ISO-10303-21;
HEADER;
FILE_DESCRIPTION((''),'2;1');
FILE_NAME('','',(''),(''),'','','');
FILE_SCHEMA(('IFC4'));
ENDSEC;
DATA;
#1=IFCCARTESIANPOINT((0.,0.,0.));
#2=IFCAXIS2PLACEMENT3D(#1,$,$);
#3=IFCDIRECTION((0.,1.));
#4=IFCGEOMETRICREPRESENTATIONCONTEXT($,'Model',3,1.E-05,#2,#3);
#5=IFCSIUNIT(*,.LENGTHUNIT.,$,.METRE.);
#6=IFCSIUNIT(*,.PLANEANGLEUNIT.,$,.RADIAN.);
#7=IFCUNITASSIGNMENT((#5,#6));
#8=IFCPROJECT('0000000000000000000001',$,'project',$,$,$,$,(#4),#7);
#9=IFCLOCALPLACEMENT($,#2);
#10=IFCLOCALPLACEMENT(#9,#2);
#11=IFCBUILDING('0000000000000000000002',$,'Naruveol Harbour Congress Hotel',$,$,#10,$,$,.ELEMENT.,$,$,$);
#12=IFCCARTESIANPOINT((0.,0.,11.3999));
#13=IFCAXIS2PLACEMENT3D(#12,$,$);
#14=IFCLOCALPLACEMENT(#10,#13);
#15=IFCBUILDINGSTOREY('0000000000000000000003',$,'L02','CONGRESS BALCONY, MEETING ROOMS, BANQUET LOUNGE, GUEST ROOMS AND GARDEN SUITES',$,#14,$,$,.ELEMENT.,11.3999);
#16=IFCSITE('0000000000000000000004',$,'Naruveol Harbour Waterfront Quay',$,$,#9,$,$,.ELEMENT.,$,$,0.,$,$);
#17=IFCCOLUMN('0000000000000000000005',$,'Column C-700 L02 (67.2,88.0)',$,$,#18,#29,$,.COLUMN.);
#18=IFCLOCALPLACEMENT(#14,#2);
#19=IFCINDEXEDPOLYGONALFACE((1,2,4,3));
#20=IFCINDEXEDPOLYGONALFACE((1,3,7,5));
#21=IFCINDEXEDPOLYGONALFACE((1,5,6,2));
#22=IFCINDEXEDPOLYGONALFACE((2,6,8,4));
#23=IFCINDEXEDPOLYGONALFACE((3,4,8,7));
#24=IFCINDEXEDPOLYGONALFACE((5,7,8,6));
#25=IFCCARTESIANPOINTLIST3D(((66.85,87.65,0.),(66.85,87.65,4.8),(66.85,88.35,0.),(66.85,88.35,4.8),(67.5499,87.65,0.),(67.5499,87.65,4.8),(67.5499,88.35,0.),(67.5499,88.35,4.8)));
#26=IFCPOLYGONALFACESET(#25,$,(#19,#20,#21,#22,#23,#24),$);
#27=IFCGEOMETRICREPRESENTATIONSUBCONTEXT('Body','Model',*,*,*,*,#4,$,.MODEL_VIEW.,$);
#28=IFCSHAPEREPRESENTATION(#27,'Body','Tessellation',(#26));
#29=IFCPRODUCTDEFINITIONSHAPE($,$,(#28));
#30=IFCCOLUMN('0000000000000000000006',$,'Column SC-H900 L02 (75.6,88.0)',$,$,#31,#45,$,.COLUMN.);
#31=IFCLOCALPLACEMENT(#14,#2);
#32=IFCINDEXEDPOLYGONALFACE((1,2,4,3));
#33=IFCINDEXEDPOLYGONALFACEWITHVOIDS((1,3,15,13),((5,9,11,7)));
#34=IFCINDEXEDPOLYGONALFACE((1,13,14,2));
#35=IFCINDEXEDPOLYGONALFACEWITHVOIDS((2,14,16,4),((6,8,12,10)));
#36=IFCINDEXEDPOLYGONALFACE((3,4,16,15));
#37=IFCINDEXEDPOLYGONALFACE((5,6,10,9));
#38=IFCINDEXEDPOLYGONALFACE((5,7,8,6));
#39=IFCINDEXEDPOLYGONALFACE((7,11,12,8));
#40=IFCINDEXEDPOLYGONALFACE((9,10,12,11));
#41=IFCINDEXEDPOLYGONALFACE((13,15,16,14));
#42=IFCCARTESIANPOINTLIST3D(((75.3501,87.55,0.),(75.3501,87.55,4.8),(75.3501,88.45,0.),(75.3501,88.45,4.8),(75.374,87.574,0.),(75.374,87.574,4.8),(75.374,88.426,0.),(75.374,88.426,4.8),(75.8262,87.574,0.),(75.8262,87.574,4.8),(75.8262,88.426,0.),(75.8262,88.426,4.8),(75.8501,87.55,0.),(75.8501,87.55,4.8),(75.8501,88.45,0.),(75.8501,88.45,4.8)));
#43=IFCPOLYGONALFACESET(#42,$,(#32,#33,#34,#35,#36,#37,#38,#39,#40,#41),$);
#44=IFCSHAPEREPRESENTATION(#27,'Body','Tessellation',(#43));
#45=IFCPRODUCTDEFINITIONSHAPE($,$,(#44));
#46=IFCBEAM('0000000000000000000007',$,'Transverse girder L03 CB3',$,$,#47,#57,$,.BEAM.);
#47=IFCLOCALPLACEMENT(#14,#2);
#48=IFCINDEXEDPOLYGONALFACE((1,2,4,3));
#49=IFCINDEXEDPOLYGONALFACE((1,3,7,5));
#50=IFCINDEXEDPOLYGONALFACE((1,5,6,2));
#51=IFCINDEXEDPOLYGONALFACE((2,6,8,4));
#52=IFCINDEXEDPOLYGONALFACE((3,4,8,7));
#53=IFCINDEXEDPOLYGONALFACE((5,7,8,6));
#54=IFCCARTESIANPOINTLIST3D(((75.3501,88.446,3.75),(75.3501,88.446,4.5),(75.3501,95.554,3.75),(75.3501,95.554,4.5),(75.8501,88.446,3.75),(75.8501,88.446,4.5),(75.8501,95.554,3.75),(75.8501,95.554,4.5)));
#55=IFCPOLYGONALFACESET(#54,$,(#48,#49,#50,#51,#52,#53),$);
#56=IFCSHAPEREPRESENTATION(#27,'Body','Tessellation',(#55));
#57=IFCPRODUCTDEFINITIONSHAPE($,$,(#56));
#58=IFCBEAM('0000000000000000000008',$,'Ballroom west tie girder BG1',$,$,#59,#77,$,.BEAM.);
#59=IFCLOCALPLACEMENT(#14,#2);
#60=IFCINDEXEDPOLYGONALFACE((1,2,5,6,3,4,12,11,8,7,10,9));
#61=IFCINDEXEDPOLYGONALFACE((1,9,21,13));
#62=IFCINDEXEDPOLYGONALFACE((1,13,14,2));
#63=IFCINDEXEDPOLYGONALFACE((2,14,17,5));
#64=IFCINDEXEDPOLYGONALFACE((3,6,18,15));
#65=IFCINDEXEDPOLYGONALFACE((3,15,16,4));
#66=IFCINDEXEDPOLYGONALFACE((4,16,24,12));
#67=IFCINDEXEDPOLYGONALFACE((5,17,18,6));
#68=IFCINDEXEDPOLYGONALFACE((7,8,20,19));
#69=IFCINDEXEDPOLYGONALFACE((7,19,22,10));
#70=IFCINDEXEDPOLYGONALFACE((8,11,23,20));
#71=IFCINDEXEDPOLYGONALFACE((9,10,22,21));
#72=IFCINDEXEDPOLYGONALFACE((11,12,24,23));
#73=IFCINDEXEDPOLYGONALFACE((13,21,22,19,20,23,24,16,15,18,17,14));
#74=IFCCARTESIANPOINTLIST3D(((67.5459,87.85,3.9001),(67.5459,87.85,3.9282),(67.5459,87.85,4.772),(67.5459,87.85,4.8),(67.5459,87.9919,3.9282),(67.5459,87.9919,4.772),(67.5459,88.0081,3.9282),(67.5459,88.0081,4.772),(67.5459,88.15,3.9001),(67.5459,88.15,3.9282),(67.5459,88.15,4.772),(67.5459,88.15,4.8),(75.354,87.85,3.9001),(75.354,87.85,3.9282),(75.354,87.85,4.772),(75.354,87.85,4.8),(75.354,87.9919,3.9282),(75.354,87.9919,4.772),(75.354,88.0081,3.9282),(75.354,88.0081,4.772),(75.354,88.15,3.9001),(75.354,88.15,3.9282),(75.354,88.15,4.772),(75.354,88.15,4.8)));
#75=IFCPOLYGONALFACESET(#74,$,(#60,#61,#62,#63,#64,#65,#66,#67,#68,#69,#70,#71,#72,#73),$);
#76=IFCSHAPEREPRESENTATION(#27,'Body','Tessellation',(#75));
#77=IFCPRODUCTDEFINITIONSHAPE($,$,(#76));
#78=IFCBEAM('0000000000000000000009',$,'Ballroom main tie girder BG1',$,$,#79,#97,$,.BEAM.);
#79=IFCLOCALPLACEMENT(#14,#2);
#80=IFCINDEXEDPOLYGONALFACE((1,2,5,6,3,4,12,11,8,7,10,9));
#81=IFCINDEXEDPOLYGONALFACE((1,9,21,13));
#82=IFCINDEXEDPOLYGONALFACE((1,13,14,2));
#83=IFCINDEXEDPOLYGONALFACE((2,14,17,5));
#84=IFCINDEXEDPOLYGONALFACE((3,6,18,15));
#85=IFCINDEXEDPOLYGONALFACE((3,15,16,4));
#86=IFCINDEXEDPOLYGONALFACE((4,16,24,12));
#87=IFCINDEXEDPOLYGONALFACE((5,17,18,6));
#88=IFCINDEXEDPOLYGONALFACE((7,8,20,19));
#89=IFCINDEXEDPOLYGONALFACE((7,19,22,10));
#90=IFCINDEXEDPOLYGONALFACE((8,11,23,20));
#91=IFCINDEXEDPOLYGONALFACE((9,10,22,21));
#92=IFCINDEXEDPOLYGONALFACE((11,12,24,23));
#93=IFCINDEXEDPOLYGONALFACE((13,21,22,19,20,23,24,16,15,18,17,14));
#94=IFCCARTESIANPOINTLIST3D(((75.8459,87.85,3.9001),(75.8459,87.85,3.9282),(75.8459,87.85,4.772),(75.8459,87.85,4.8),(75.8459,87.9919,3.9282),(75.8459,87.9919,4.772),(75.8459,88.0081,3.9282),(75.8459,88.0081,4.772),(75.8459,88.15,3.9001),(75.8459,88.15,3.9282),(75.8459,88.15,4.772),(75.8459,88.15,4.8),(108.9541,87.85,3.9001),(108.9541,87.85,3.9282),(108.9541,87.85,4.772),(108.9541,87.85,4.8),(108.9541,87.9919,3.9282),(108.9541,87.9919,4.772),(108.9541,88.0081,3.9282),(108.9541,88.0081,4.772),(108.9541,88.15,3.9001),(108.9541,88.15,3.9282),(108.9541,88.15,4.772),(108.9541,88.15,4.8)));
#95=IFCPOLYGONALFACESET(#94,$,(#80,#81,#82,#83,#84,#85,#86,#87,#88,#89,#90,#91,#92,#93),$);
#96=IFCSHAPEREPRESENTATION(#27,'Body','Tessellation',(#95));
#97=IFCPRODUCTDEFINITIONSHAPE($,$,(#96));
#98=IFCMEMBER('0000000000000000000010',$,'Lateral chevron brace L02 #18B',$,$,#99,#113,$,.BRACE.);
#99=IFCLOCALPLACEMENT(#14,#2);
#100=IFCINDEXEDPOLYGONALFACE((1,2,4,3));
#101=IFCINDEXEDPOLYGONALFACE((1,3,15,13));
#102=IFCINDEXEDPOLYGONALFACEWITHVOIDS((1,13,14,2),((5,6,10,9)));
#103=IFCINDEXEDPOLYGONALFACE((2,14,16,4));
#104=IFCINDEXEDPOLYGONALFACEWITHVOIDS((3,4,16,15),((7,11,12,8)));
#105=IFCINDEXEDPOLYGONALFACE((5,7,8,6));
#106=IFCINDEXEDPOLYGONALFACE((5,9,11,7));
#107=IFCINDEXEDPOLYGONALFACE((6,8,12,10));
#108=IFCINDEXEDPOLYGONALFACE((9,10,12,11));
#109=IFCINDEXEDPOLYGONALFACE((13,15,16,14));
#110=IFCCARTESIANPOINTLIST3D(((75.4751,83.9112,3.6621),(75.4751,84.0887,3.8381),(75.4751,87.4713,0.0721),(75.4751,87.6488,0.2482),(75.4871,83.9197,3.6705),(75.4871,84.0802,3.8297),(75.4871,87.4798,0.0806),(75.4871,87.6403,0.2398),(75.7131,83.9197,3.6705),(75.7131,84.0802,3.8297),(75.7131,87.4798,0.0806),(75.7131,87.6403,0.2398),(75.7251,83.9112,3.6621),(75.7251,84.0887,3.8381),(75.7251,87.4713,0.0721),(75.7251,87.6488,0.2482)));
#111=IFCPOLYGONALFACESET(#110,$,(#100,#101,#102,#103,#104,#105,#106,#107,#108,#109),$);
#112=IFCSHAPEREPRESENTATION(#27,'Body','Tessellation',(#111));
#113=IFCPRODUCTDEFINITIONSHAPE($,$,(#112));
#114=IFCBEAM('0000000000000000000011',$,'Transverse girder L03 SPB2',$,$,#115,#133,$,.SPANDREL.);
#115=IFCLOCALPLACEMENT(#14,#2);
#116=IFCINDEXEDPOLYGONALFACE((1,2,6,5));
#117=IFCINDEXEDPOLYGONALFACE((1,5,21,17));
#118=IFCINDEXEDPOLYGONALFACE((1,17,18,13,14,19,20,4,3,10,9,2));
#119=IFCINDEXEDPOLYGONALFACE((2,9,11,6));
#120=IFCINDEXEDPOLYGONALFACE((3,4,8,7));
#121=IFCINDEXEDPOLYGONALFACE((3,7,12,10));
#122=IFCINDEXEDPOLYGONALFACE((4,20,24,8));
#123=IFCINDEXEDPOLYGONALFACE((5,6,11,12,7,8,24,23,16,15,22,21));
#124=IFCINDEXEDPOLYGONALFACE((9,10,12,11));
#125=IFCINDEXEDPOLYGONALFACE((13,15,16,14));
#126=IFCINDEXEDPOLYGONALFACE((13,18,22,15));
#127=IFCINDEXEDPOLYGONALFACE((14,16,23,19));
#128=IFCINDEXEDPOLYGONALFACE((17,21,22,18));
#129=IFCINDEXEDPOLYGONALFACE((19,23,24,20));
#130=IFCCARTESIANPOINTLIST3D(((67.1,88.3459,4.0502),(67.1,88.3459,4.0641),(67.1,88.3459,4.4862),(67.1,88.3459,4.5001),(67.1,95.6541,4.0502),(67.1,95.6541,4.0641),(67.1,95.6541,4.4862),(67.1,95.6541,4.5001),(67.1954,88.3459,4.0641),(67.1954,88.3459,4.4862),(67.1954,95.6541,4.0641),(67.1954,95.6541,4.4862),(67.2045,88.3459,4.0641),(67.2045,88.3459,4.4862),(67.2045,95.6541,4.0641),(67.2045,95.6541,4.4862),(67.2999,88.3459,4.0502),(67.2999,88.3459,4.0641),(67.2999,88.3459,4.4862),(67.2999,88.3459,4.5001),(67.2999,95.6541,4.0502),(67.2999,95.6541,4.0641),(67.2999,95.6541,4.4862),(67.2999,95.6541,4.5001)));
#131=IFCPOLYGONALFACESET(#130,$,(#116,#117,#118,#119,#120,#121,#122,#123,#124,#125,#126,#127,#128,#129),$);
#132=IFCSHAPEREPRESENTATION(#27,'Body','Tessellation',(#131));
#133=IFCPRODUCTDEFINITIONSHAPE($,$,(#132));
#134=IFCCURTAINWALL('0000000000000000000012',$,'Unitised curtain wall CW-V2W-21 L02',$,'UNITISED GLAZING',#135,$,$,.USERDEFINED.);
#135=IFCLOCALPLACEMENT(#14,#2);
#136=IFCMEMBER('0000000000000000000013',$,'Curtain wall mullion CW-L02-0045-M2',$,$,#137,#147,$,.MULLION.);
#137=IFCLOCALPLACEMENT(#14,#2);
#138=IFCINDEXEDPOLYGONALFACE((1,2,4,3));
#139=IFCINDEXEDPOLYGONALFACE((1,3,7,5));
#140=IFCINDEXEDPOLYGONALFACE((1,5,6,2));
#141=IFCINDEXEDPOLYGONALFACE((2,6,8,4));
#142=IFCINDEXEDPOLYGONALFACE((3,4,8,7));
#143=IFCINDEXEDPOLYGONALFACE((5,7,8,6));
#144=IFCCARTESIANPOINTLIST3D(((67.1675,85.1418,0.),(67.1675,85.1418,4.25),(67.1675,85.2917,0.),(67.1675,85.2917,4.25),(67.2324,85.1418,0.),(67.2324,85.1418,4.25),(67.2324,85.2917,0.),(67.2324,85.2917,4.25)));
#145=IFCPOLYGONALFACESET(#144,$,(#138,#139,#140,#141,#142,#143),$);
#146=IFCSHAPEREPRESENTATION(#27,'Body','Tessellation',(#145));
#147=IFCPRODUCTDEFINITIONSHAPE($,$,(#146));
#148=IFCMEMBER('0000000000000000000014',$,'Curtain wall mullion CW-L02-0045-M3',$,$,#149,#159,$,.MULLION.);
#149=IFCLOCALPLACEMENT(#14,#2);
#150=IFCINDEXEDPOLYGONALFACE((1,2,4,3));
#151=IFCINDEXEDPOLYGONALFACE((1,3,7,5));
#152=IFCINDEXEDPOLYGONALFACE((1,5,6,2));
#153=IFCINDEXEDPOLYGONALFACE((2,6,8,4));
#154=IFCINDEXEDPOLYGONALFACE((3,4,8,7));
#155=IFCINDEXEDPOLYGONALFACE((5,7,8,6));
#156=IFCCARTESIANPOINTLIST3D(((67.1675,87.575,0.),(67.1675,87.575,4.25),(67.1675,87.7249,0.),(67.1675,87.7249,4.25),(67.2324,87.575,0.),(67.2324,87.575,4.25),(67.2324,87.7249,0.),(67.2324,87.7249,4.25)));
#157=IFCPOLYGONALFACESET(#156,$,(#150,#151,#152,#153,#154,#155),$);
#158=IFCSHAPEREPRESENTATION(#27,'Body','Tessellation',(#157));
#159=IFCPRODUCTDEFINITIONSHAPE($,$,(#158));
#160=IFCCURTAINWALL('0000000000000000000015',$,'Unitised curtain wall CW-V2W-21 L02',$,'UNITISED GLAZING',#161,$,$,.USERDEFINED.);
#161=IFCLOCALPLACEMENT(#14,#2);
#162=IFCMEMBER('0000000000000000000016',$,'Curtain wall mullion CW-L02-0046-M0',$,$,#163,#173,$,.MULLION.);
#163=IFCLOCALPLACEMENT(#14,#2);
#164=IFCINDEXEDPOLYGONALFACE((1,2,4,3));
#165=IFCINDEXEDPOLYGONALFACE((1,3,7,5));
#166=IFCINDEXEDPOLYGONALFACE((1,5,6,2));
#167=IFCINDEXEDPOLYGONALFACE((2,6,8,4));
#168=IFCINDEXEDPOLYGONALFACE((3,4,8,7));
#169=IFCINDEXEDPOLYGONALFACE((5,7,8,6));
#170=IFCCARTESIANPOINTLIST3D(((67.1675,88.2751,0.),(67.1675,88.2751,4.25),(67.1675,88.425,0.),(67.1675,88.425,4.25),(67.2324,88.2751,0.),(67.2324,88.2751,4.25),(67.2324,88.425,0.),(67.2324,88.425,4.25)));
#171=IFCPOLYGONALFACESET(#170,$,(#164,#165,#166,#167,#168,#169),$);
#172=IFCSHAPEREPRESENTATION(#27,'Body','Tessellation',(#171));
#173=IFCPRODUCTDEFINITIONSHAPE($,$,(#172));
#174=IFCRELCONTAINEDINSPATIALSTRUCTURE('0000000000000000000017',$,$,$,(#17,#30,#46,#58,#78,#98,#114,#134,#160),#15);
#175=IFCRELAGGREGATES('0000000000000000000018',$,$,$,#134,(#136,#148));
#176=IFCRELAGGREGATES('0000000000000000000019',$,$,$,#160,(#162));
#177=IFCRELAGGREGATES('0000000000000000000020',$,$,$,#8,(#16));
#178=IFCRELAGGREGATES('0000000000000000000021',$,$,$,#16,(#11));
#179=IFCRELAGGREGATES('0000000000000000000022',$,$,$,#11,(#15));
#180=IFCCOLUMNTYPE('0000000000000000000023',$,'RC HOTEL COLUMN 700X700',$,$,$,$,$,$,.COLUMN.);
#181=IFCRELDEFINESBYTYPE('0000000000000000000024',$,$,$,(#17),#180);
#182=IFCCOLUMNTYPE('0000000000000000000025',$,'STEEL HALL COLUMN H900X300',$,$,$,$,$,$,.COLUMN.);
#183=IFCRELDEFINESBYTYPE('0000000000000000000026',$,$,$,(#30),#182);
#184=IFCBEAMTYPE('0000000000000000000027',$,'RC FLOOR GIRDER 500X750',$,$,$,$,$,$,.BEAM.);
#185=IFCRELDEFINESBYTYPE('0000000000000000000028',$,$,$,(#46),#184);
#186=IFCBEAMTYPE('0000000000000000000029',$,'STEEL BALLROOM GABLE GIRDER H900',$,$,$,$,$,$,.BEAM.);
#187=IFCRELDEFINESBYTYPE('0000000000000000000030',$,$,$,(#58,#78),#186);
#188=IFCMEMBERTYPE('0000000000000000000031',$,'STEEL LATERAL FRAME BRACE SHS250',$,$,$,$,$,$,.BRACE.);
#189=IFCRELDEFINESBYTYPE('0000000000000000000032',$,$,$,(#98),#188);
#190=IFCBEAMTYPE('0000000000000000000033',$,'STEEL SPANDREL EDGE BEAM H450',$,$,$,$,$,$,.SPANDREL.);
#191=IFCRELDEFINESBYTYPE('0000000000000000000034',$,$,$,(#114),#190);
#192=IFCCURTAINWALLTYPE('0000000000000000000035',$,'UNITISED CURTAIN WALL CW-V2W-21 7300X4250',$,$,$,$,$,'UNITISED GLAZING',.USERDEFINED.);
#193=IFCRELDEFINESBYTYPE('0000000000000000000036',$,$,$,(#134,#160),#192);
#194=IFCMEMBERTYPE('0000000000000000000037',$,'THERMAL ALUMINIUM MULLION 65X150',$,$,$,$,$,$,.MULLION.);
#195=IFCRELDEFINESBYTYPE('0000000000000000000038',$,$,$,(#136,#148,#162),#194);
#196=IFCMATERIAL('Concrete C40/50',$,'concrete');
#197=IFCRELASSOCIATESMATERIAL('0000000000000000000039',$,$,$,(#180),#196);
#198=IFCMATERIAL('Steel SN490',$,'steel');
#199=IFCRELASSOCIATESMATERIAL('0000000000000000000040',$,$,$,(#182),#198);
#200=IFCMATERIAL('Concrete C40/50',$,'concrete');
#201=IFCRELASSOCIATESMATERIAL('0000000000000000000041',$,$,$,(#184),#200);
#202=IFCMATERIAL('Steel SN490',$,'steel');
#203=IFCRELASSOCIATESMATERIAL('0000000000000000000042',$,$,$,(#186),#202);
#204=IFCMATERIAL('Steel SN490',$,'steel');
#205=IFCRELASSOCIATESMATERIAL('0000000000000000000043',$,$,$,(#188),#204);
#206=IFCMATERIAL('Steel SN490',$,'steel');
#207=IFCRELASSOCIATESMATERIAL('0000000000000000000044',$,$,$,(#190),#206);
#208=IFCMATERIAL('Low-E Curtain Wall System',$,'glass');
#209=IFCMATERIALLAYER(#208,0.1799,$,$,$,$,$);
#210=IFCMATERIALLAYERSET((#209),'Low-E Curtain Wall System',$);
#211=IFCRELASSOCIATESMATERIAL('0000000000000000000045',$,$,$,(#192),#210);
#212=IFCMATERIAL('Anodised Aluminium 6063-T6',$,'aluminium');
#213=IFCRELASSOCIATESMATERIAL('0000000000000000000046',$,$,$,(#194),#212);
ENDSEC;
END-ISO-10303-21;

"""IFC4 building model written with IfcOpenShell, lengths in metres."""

from ifc_helpers import new_model, si_unit, direction, frame, origin, origin_2d, place, context, subcontext, project, spatial, rectangle, hollow_rectangle, i_section, extrude, material, layer, layer_set, material_profile, profile_set, type_object, element, aggregate, save


model = new_model("IFC4")

# Units and contexts
model_context = context("Model", 3, precision=1e-05, world=origin(), true_north=direction((0.0, 1.0)))
body_context = subcontext(model_context, "Body", "Model", "MODEL_VIEW")
ifc_project = project(units=[si_unit("LENGTHUNIT", "METRE"), si_unit("PLANEANGLEUNIT", "RADIAN")], contexts=[model_context])

# Site, building, storey
site_placement = place(None, origin())
site = spatial("IfcSite", under=ifc_project, at=site_placement, Name="Naruveol Harbour Waterfront Quay", CompositionType="ELEMENT", RefElevation=0.0)
building_placement = place(site_placement, origin())
building = spatial("IfcBuilding", under=site, at=building_placement, Name="Naruveol Harbour Congress Hotel", CompositionType="ELEMENT")
storey_placement = place(building_placement, frame((0.0, 0.0, 11.3999)))
storey = spatial("IfcBuildingStorey", under=building, at=storey_placement, Name="L02", Description="CONGRESS BALCONY, MEETING ROOMS, BANQUET LOUNGE, GUEST ROOMS AND GARDEN SUITES", CompositionType="ELEMENT", Elevation=11.3999)

# Columns
ifc_material_1 = material(Name="Concrete C40/50", Category="concrete")
ifc_material_profile_1 = material_profile(ifc_material_1, rectangle(XDim=0.7, YDim=0.7, at=origin_2d()), Name="RC-700x700")
ifc_profile_set_1 = profile_set([ifc_material_profile_1], Name="Concrete C40/50")
column_type_1 = type_object("IfcColumnType", Name="RC HOTEL COLUMN 700X700", PredefinedType="COLUMN", material=ifc_profile_set_1)
column_1_placement = place(storey_placement, frame((67.2, 88.0, 0.0), z_axis=(0.0, 0.0, 1.0), x_axis=(1.0, 0.0, 0.0)))
element("IfcColumn", 1, at=column_1_placement, inside=storey, type_object=column_type_1, Name="Column C-700 L02 (67.2,88.0)", PredefinedType="COLUMN", context=body_context, shape_type="SweptSolid", body=[
    extrude(rectangle(XDim=0.7, YDim=0.7, at=origin_2d()), origin(), (0.0, 0.0, 1.0), 4.8),
])
ifc_material_2 = material(Name="Steel SN490", Category="steel")
ifc_material_profile_2 = material_profile(ifc_material_2, hollow_rectangle(XDim=0.5, YDim=0.8999, WallThickness=0.0239, at=origin_2d()), Name="RHS-900x500x24")
ifc_profile_set_2 = profile_set([ifc_material_profile_2], Name="Steel SN490")
column_type_2 = type_object("IfcColumnType", Name="STEEL HALL COLUMN H900X300", PredefinedType="COLUMN", material=ifc_profile_set_2)
column_2_placement = place(storey_placement, frame((75.6001, 88.0, 0.0), z_axis=(0.0, 0.0, 1.0), x_axis=(1.0, 0.0, 0.0)))
element("IfcColumn", 2, at=column_2_placement, inside=storey, type_object=column_type_2, Name="Column SC-H900 L02 (75.6,88.0)", PredefinedType="COLUMN", context=body_context, shape_type="SweptSolid", body=[
    extrude(hollow_rectangle(XDim=0.5, YDim=0.8999, WallThickness=0.0239, at=origin_2d()), origin(), (0.0, 0.0, 1.0), 4.8),
])

# Beams
ifc_material_3 = material(Name="Concrete C40/50", Category="concrete")
ifc_material_profile_3 = material_profile(ifc_material_3, rectangle(XDim=0.5, YDim=0.75, at=origin_2d()), Name="RCB-500x750")
ifc_profile_set_3 = profile_set([ifc_material_profile_3], Name="Concrete C40/50")
beam_type_1 = type_object("IfcBeamType", Name="RC FLOOR GIRDER 500X750", PredefinedType="BEAM", material=ifc_profile_set_3)
beam_1_placement = place(storey_placement, frame((75.6001, 88.446, 4.125), z_axis=(0.0, 1.0, 0.0), x_axis=(-1.0, 0.0, 0.0)))
element("IfcBeam", 3, at=beam_1_placement, inside=storey, type_object=beam_type_1, Name="Transverse girder L03 CB3", PredefinedType="BEAM", context=body_context, shape_type="SweptSolid", body=[
    extrude(rectangle(XDim=0.5, YDim=0.75, at=origin_2d()), origin(), (0.0, 0.0, 1.0), 7.1079),
])
ifc_material_4 = material(Name="Steel SN490", Category="steel")
ifc_material_profile_4 = material_profile(ifc_material_4, i_section(OverallWidth=0.3, OverallDepth=0.8999, WebThickness=0.0161, FlangeThickness=0.0281, at=origin_2d()), Name="H-900x300x16x28")
ifc_profile_set_4 = profile_set([ifc_material_profile_4], Name="Steel SN490")
beam_type_2 = type_object("IfcBeamType", Name="STEEL BALLROOM GABLE GIRDER H900", PredefinedType="BEAM", material=ifc_profile_set_4)
beam_2_placement = place(storey_placement, frame((67.5459, 88.0, 4.3501), z_axis=(1.0, 0.0, 0.0), x_axis=(0.0, 1.0, 0.0)))
element("IfcBeam", 4, at=beam_2_placement, inside=storey, type_object=beam_type_2, Name="Ballroom west tie girder BG1", PredefinedType="BEAM", context=body_context, shape_type="SweptSolid", body=[
    extrude(i_section(OverallWidth=0.3, OverallDepth=0.8999, WebThickness=0.0161, FlangeThickness=0.0281, at=origin_2d()), origin(), (0.0, 0.0, 1.0), 7.8081),
])
beam_3_placement = place(storey_placement, frame((75.8459, 88.0, 4.3501), z_axis=(1.0, 0.0, 0.0), x_axis=(0.0, 1.0, 0.0)))
element("IfcBeam", 5, at=beam_3_placement, inside=storey, type_object=beam_type_2, Name="Ballroom main tie girder BG1", PredefinedType="BEAM", context=body_context, shape_type="SweptSolid", body=[
    extrude(i_section(OverallWidth=0.3, OverallDepth=0.8999, WebThickness=0.0161, FlangeThickness=0.0281, at=origin_2d()), origin(), (0.0, 0.0, 1.0), 33.1082),
])

# Member
ifc_material_5 = material(Name="Steel SN490", Category="steel")
ifc_material_profile_5 = material_profile(ifc_material_5, hollow_rectangle(XDim=0.25, YDim=0.25, WallThickness=0.012, at=origin_2d()), Name="SHS-250x250x12")
ifc_profile_set_5 = profile_set([ifc_material_profile_5], Name="Steel SN490")
member_type_1 = type_object("IfcMemberType", Name="STEEL LATERAL FRAME BRACE SHS250", PredefinedType="BRACE", material=ifc_profile_set_5)
member_1_placement = place(storey_placement, frame((75.6001, 87.5601, 0.1602), z_axis=(0.0, -0.704155, 0.710046), x_axis=(1.0, 0.0, 0.0)))
element("IfcMember", 6, at=member_1_placement, inside=storey, type_object=member_type_1, Name="Lateral chevron brace L02 #18B", PredefinedType="BRACE", context=body_context, shape_type="SweptSolid", body=[
    extrude(hollow_rectangle(XDim=0.25, YDim=0.25, WallThickness=0.012, at=origin_2d()), origin(), (0.0, 0.0, 1.0), 5.0559),
])

# Beam
ifc_material_6 = material(Name="Steel SN490", Category="steel")
ifc_material_profile_6 = material_profile(ifc_material_6, i_section(OverallWidth=0.2, OverallDepth=0.45, WebThickness=0.009, FlangeThickness=0.0139, at=origin_2d()), Name="H-450x200x9x14")
ifc_profile_set_6 = profile_set([ifc_material_profile_6], Name="Steel SN490")
beam_type_3 = type_object("IfcBeamType", Name="STEEL SPANDREL EDGE BEAM H450", PredefinedType="SPANDREL", material=ifc_profile_set_6)
beam_4_placement = place(storey_placement, frame((67.2, 88.3459, 4.2751), z_axis=(0.0, 1.0, 0.0), x_axis=(-1.0, 0.0, 0.0)))
element("IfcBeam", 7, at=beam_4_placement, inside=storey, type_object=beam_type_3, Name="Transverse girder L03 SPB2", PredefinedType="SPANDREL", context=body_context, shape_type="SweptSolid", body=[
    extrude(i_section(OverallWidth=0.2, OverallDepth=0.45, WebThickness=0.009, FlangeThickness=0.0139, at=origin_2d()), origin(), (0.0, 0.0, 1.0), 7.3081),
])

# Curtain walls, members
ifc_material_7 = material(Name="Low-E Curtain Wall System", Category="glass")
ifc_layer_1 = layer(ifc_material_7, 0.1799)
ifc_layer_set_1 = layer_set([ifc_layer_1], Name="Low-E Curtain Wall System")
curtain_wall_type = type_object("IfcCurtainWallType", Name="UNITISED CURTAIN WALL CW-V2W-21 7300X4250", ElementType="UNITISED GLAZING", PredefinedType="USERDEFINED", material=ifc_layer_set_1)
curtain_wall_1_placement = place(storey_placement, origin())
curtain_wall_1 = element("IfcCurtainWall", 8, at=curtain_wall_1_placement, inside=storey, type_object=curtain_wall_type, Name="Unitised curtain wall CW-V2W-21 L02", ObjectType="UNITISED GLAZING", PredefinedType="USERDEFINED")
ifc_material_8 = material(Name="Anodised Aluminium 6063-T6", Category="aluminium")
ifc_material_profile_7 = material_profile(ifc_material_8, rectangle(XDim=0.0649, YDim=0.1499, at=origin_2d()), Name="ALU-65x150")
ifc_profile_set_7 = profile_set([ifc_material_profile_7], Name="Anodised Aluminium 6063-T6")
member_type_2 = type_object("IfcMemberType", Name="THERMAL ALUMINIUM MULLION 65X150", PredefinedType="MULLION", material=ifc_profile_set_7)
member_2_placement = place(storey_placement, frame((67.2, 85.2168, 0.0), z_axis=(0.0, 0.0, 1.0), x_axis=(1.0, 0.0, 0.0)))
member_2 = element("IfcMember", 9, at=member_2_placement, type_object=member_type_2, Name="Curtain wall mullion CW-L02-0045-M2", PredefinedType="MULLION", context=body_context, shape_type="SweptSolid", body=[
    extrude(rectangle(XDim=0.0649, YDim=0.1499, at=origin_2d()), origin(), (0.0, 0.0, 1.0), 4.25),
])
member_3_placement = place(storey_placement, frame((67.2, 87.6499, 0.0), z_axis=(0.0, 0.0, 1.0), x_axis=(1.0, 0.0, 0.0)))
member_3 = element("IfcMember", 10, at=member_3_placement, type_object=member_type_2, Name="Curtain wall mullion CW-L02-0045-M3", PredefinedType="MULLION", context=body_context, shape_type="SweptSolid", body=[
    extrude(rectangle(XDim=0.0649, YDim=0.1499, at=origin_2d()), origin(), (0.0, 0.0, 1.0), 4.25),
])
curtain_wall_2_placement = place(storey_placement, origin())
curtain_wall_2 = element("IfcCurtainWall", 11, at=curtain_wall_2_placement, inside=storey, type_object=curtain_wall_type, Name="Unitised curtain wall CW-V2W-21 L02", ObjectType="UNITISED GLAZING", PredefinedType="USERDEFINED")
member_4_placement = place(storey_placement, frame((67.2, 88.3501, 0.0), z_axis=(0.0, 0.0, 1.0), x_axis=(1.0, 0.0, 0.0)))
member_4 = element("IfcMember", 12, at=member_4_placement, type_object=member_type_2, Name="Curtain wall mullion CW-L02-0046-M0", PredefinedType="MULLION", context=body_context, shape_type="SweptSolid", body=[
    extrude(rectangle(XDim=0.0649, YDim=0.1499, at=origin_2d()), origin(), (0.0, 0.0, 1.0), 4.25),
])

aggregate(curtain_wall_1, [member_2, member_3])
aggregate(curtain_wall_2, [member_4])

save(model, "model.ifc")
